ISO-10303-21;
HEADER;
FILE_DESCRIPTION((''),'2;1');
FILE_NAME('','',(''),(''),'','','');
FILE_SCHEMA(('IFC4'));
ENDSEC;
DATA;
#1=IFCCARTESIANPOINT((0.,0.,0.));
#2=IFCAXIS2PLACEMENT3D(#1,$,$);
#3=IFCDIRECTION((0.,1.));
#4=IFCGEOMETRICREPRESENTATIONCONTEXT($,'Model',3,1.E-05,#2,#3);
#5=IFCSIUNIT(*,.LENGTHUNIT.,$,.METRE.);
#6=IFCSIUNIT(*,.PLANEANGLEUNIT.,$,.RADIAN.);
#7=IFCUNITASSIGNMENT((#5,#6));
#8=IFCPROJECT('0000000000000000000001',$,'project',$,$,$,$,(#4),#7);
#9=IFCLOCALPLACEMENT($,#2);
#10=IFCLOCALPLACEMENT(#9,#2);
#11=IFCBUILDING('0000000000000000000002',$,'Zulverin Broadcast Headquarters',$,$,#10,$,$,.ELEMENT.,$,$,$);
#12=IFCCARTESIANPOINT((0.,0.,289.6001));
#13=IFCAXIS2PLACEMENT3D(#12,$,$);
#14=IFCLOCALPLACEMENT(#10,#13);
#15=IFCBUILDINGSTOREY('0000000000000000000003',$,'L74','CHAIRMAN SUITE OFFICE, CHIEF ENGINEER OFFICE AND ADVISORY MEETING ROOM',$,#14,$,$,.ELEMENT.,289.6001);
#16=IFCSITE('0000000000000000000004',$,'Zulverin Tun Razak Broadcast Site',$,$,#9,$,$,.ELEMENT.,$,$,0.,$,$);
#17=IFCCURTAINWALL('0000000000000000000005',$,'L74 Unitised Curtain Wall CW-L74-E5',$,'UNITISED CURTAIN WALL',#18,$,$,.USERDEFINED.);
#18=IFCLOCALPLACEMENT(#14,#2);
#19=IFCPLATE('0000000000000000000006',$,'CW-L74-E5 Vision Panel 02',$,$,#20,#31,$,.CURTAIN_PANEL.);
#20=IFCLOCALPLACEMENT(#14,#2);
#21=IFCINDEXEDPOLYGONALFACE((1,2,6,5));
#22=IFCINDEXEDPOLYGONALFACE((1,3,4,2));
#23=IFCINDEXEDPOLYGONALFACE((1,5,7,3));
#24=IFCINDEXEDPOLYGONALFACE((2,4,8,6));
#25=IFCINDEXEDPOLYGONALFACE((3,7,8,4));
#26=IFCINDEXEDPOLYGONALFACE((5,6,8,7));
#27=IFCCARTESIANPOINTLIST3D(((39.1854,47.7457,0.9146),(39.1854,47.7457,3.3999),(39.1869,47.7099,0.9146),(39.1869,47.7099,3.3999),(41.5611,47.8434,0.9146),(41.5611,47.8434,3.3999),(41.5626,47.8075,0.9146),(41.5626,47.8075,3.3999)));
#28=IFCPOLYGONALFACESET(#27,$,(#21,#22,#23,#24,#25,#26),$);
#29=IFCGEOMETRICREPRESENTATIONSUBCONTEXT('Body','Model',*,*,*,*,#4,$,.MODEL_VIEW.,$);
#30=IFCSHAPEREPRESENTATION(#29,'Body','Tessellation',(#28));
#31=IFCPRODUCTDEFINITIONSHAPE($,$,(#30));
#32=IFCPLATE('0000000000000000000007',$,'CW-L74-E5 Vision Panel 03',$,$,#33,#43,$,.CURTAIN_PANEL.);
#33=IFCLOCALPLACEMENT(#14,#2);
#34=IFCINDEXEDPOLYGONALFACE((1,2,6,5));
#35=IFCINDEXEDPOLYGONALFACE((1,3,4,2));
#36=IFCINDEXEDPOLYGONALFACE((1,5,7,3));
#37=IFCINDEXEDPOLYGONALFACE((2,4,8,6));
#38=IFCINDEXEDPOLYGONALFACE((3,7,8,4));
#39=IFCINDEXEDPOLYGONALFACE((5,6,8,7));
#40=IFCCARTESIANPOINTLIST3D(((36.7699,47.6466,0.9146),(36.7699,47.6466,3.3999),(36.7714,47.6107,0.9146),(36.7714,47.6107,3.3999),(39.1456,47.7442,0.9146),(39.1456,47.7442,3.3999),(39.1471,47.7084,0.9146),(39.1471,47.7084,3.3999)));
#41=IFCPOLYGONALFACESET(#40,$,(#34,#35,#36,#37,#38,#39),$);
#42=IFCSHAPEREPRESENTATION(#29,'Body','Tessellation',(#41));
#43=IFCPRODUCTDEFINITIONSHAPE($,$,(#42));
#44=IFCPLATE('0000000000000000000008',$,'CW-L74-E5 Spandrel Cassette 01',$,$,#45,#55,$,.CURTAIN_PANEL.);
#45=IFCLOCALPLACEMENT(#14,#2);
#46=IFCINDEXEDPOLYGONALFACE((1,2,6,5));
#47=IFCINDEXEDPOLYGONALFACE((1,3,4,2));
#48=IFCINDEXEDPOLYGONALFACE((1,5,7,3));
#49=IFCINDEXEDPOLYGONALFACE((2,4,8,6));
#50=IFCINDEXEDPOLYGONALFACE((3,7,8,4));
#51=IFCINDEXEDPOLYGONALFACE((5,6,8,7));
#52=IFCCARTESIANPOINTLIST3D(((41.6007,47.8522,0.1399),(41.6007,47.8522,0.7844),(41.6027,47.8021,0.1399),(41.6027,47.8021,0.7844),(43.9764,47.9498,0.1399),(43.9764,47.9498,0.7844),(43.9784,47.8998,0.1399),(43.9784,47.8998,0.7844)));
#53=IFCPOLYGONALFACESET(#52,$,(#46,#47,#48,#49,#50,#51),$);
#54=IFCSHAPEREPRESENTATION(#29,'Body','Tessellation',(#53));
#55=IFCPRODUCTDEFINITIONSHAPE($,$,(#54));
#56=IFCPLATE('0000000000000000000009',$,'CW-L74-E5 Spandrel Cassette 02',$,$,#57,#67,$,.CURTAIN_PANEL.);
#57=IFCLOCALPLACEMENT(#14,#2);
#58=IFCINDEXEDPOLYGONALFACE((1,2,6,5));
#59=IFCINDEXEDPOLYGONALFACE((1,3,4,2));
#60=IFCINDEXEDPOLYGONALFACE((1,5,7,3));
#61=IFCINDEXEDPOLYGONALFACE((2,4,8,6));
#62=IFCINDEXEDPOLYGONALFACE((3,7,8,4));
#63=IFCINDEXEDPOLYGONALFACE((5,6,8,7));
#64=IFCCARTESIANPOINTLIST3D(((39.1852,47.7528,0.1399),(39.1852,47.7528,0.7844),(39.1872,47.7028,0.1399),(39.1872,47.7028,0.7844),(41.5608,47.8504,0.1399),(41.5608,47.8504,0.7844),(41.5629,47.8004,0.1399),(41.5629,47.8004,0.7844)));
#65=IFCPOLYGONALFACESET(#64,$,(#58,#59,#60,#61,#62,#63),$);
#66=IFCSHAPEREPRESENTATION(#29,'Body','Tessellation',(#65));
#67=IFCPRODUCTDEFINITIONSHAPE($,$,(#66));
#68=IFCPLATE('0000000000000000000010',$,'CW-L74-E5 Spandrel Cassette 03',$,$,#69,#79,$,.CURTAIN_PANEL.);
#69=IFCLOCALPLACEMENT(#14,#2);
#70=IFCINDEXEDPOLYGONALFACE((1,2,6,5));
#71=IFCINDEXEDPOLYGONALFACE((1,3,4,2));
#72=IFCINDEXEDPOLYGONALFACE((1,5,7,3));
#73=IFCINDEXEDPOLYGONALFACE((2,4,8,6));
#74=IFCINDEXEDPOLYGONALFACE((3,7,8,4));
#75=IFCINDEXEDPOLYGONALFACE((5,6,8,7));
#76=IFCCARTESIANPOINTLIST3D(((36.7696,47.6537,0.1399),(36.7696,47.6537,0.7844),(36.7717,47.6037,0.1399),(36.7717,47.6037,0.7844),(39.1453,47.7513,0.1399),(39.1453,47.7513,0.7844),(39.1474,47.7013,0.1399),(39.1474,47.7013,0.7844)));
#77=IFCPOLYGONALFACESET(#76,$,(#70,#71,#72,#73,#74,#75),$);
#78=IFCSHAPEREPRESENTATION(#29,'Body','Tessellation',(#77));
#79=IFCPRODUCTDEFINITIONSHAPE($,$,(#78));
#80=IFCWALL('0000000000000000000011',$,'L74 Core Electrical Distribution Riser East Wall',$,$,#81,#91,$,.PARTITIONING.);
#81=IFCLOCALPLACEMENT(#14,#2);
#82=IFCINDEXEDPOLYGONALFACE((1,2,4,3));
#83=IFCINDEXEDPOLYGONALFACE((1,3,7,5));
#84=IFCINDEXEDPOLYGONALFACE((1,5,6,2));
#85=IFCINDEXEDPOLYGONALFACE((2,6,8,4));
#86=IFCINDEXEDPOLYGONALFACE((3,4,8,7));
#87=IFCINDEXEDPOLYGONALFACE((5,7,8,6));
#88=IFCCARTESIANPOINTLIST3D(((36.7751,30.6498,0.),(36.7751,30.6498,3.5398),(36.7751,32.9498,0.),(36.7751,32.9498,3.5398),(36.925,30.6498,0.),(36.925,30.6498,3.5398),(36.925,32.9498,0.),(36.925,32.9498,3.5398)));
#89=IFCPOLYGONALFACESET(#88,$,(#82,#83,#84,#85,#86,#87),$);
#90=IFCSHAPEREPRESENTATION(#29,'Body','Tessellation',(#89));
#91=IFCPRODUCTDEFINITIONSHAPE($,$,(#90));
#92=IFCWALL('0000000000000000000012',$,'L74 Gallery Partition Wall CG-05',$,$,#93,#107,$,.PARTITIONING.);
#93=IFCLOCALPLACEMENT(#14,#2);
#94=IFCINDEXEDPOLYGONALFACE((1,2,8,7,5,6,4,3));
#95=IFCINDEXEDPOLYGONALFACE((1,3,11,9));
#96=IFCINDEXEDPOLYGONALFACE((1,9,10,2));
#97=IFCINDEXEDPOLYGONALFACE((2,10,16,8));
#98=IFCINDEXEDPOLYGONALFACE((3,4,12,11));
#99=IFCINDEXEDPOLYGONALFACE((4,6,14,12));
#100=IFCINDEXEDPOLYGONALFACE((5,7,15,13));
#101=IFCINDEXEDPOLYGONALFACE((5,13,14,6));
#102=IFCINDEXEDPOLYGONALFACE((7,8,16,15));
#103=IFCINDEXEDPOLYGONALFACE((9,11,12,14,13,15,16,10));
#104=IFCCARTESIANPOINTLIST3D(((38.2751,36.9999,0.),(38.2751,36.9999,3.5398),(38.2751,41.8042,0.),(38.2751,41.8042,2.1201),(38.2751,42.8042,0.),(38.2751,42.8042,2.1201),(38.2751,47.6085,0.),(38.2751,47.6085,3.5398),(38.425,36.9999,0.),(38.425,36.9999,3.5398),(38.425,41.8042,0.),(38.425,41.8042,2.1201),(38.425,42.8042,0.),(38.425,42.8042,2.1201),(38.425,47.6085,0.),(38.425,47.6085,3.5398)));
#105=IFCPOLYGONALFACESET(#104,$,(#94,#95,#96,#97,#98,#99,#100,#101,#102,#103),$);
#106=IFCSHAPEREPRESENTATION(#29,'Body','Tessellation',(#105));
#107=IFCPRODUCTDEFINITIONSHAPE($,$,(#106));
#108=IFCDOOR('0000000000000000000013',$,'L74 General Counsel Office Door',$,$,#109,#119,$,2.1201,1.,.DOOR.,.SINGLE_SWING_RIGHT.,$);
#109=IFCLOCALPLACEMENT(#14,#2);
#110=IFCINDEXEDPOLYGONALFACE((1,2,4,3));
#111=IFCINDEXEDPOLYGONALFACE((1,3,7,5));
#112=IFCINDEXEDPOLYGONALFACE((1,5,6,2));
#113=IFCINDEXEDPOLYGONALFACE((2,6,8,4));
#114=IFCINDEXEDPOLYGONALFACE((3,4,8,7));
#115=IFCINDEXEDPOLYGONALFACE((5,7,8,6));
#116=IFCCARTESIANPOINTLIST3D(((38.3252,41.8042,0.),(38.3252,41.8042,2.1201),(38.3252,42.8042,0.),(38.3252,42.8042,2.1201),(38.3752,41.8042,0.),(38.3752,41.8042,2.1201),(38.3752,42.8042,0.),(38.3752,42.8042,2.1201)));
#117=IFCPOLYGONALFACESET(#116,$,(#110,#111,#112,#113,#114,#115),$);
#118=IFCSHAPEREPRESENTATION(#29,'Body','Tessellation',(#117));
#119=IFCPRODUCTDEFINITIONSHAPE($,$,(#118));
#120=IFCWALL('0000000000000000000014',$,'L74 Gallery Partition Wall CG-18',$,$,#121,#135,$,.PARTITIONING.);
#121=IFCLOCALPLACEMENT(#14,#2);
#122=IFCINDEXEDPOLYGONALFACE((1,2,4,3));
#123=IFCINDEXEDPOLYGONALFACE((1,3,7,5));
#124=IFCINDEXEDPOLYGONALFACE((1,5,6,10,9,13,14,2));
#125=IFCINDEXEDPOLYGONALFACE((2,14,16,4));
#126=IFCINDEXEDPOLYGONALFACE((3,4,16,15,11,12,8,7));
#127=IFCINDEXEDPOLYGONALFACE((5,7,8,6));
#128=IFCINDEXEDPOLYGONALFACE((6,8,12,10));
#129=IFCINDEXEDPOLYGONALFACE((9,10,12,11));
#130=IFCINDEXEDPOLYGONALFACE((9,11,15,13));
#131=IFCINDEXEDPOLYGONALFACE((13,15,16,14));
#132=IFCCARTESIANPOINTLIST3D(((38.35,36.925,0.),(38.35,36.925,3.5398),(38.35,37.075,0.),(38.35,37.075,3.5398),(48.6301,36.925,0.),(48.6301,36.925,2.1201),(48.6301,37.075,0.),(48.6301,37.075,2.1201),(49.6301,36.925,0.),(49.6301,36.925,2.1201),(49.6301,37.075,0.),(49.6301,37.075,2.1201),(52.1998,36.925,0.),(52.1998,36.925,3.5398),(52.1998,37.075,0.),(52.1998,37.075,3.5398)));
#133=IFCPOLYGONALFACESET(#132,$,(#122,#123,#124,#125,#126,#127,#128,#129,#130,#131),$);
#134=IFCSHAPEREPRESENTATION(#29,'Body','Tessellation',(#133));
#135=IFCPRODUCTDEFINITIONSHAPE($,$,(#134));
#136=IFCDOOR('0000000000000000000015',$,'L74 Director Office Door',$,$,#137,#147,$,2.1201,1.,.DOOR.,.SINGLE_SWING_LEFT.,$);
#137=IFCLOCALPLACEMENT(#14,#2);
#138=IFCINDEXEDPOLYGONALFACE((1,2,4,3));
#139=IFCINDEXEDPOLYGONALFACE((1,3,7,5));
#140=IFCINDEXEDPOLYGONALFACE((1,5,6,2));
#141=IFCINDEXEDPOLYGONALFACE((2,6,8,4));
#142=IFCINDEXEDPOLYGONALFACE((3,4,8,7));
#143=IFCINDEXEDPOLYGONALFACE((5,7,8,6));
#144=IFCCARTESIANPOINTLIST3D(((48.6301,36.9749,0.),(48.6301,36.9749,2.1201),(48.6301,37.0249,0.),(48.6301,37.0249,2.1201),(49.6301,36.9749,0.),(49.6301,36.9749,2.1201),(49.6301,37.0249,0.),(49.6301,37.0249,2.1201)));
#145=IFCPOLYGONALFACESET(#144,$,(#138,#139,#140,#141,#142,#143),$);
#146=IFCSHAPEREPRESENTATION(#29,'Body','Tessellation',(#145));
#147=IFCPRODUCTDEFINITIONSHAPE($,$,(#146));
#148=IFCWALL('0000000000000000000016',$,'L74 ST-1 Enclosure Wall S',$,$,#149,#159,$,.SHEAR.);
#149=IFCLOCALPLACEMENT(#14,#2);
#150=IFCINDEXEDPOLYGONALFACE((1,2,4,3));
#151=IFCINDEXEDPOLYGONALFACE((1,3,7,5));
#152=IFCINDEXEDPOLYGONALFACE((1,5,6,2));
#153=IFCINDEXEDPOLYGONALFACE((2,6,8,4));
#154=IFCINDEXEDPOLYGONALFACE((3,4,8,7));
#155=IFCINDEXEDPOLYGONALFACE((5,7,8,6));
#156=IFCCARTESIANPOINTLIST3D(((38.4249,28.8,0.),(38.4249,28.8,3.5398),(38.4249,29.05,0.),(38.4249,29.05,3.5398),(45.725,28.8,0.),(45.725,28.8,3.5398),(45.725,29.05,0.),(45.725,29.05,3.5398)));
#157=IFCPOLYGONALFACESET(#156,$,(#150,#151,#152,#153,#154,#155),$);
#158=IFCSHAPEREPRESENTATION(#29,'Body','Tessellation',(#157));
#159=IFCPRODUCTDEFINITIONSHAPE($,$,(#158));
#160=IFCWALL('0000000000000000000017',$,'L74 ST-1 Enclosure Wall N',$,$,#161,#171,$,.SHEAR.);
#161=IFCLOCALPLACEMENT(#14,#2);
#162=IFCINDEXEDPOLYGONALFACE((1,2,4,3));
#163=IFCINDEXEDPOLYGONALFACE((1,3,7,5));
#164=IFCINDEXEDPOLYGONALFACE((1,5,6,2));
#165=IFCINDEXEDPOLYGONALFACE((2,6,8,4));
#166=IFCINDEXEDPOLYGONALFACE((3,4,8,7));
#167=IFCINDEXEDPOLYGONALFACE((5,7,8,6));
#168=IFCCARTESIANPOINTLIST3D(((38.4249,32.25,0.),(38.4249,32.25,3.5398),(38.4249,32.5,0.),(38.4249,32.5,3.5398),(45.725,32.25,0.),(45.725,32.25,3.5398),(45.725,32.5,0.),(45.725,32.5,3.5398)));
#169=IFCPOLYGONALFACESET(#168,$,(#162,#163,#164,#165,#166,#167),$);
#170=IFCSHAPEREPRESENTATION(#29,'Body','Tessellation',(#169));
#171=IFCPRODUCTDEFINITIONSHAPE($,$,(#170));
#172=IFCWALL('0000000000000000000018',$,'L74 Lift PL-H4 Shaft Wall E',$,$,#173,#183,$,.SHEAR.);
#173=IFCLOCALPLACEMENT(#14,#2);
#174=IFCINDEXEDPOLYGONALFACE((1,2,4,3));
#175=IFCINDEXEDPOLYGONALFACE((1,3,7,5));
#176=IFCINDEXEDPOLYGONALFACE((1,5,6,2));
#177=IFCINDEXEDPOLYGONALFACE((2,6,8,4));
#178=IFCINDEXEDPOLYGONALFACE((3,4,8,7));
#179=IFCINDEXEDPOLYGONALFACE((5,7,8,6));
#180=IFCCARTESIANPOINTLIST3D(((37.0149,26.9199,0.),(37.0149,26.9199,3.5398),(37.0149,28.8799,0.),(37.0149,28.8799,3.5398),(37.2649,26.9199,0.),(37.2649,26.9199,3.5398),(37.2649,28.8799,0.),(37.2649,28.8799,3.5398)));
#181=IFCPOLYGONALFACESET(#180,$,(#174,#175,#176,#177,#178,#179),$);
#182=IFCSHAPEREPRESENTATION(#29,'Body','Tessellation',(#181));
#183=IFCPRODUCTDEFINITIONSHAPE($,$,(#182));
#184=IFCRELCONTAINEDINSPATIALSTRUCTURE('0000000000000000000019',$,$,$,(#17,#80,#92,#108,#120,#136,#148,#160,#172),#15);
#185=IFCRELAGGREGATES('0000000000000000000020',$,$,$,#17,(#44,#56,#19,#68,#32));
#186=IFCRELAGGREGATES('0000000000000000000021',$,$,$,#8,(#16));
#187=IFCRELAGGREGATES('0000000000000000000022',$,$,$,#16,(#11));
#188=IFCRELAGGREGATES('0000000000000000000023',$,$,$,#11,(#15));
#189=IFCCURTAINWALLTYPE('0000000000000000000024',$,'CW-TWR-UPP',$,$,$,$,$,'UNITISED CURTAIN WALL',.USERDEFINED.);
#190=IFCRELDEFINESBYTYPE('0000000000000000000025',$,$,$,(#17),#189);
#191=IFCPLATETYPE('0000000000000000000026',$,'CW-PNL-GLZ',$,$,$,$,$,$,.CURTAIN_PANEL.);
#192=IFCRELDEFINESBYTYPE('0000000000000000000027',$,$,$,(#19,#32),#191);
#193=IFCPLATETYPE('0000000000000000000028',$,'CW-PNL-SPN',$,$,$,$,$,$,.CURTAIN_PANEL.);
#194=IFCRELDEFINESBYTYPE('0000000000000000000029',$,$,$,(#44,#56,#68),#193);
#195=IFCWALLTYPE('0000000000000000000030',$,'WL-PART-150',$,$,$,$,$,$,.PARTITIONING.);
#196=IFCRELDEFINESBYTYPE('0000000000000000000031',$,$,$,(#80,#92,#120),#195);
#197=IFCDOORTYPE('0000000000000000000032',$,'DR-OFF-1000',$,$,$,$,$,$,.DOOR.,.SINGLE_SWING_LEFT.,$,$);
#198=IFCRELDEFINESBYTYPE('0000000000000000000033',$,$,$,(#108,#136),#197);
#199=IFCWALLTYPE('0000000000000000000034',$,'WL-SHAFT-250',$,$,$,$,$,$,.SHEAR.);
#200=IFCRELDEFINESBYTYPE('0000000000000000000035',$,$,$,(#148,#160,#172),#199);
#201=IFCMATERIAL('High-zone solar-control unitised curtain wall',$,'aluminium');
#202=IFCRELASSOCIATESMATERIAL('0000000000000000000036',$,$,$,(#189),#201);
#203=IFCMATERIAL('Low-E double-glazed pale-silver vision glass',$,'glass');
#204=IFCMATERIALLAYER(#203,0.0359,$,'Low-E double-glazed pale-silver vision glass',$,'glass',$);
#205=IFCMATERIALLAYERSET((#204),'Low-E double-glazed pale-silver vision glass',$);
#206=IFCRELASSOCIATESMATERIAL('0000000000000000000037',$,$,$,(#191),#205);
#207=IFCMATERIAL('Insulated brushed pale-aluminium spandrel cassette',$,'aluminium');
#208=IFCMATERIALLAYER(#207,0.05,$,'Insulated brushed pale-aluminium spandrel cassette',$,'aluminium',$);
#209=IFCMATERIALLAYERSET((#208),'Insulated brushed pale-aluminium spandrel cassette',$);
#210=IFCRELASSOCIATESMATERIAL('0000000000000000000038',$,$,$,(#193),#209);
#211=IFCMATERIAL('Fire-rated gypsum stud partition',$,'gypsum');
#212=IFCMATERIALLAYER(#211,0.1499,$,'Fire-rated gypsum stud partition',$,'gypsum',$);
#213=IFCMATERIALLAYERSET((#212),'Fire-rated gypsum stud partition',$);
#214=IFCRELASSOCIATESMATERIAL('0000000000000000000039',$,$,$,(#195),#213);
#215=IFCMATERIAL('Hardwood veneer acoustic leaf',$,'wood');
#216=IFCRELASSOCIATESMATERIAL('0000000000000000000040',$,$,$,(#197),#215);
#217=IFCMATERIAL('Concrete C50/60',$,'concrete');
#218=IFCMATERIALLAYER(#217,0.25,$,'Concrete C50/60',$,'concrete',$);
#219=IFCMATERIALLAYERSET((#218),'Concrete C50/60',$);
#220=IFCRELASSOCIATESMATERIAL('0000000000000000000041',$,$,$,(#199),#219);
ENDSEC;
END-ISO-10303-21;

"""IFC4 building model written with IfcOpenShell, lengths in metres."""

from ifc_helpers import new_model, si_unit, direction, frame, frame_2d, origin, origin_2d, place, context, subcontext, project, spatial, rectangle, extrude, material, layer, layer_set, type_object, element, fill, aggregate, save


model = new_model("IFC4")

# Units and contexts
model_context = context("Model", 3, precision=1e-05, world=origin(), true_north=direction((0.0, 1.0)))
body_context = subcontext(model_context, "Body", "Model", "MODEL_VIEW")
ifc_project = project(units=[si_unit("LENGTHUNIT", "METRE"), si_unit("PLANEANGLEUNIT", "RADIAN")], contexts=[model_context])

# Site, building, storey
site_placement = place(None, origin())
site = spatial("IfcSite", under=ifc_project, at=site_placement, Name="Zulverin Tun Razak Broadcast Site", CompositionType="ELEMENT", RefElevation=0.0)
building_placement = place(site_placement, origin())
building = spatial("IfcBuilding", under=site, at=building_placement, Name="Zulverin Broadcast Headquarters", CompositionType="ELEMENT")
storey_placement = place(building_placement, frame((0.0, 0.0, 289.6001)))
storey = spatial("IfcBuildingStorey", under=building, at=storey_placement, Name="L74", Description="CHAIRMAN SUITE OFFICE, CHIEF ENGINEER OFFICE AND ADVISORY MEETING ROOM", CompositionType="ELEMENT", Elevation=289.6001)

# Shared definitions
ifc_material_1 = material(Name="Concrete C50/60", Category="concrete")

# Curtain wall, plates
ifc_material_2 = material(Name="High-zone solar-control unitised curtain wall", Category="aluminium")
curtain_wall_type = type_object("IfcCurtainWallType", Name="CW-TWR-UPP", ElementType="UNITISED CURTAIN WALL", PredefinedType="USERDEFINED", material=ifc_material_2)
curtain_wall_placement = place(storey_placement, origin())
curtain_wall = element("IfcCurtainWall", 1, at=curtain_wall_placement, inside=storey, type_object=curtain_wall_type, Name="L74 Unitised Curtain Wall CW-L74-E5", ObjectType="UNITISED CURTAIN WALL", PredefinedType="USERDEFINED")
ifc_material_3 = material(Name="Low-E double-glazed pale-silver vision glass", Category="glass")
ifc_layer_1 = layer(ifc_material_3, 0.0359, Name="Low-E double-glazed pale-silver vision glass", Category="glass")
ifc_layer_set_1 = layer_set([ifc_layer_1], Name="Low-E double-glazed pale-silver vision glass")
plate_type_1 = type_object("IfcPlateType", Name="CW-PNL-GLZ", PredefinedType="CURTAIN_PANEL", material=ifc_layer_set_1)
plate_1_placement = place(storey_placement, frame((40.374, 47.7766, 0.9146), z_axis=(0.0, 0.0, 1.0), x_axis=(-0.999156, -0.041068, 0.0)))
plate_1 = element("IfcPlate", 2, at=plate_1_placement, type_object=plate_type_1, Name="CW-L74-E5 Vision Panel 02", PredefinedType="CURTAIN_PANEL", context=body_context, shape_type="SweptSolid", body=[
    extrude(rectangle(XDim=2.3777, YDim=0.0359, at=origin_2d()), origin(), (0.0, 0.0, 1.0), 2.4854),
])
plate_2_placement = place(storey_placement, frame((37.9585, 47.6775, 0.9146), z_axis=(0.0, 0.0, 1.0), x_axis=(-0.999156, -0.041068, 0.0)))
plate_2 = element("IfcPlate", 3, at=plate_2_placement, type_object=plate_type_1, Name="CW-L74-E5 Vision Panel 03", PredefinedType="CURTAIN_PANEL", context=body_context, shape_type="SweptSolid", body=[
    extrude(rectangle(XDim=2.3777, YDim=0.0359, at=origin_2d()), origin(), (0.0, 0.0, 1.0), 2.4854),
])
ifc_material_4 = material(Name="Insulated brushed pale-aluminium spandrel cassette", Category="aluminium")
ifc_layer_2 = layer(ifc_material_4, 0.05, Name="Insulated brushed pale-aluminium spandrel cassette", Category="aluminium")
ifc_layer_set_2 = layer_set([ifc_layer_2], Name="Insulated brushed pale-aluminium spandrel cassette")
plate_type_2 = type_object("IfcPlateType", Name="CW-PNL-SPN", PredefinedType="CURTAIN_PANEL", material=ifc_layer_set_2)
plate_3_placement = place(storey_placement, frame((42.7896, 47.876, 0.1399), z_axis=(0.0, 0.0, 1.0), x_axis=(-0.999156, -0.041068, 0.0)))
plate_3 = element("IfcPlate", 4, at=plate_3_placement, type_object=plate_type_2, Name="CW-L74-E5 Spandrel Cassette 01", PredefinedType="CURTAIN_PANEL", context=body_context, shape_type="SweptSolid", body=[
    extrude(rectangle(XDim=2.3777, YDim=0.05, at=origin_2d()), origin(), (0.0, 0.0, 1.0), 0.6445),
])
plate_4_placement = place(storey_placement, frame((40.374, 47.7766, 0.1399), z_axis=(0.0, 0.0, 1.0), x_axis=(-0.999156, -0.041068, 0.0)))
plate_4 = element("IfcPlate", 5, at=plate_4_placement, type_object=plate_type_2, Name="CW-L74-E5 Spandrel Cassette 02", PredefinedType="CURTAIN_PANEL", context=body_context, shape_type="SweptSolid", body=[
    extrude(rectangle(XDim=2.3777, YDim=0.05, at=origin_2d()), origin(), (0.0, 0.0, 1.0), 0.6445),
])
plate_5_placement = place(storey_placement, frame((37.9585, 47.6775, 0.1399), z_axis=(0.0, 0.0, 1.0), x_axis=(-0.999156, -0.041068, 0.0)))
plate_5 = element("IfcPlate", 6, at=plate_5_placement, type_object=plate_type_2, Name="CW-L74-E5 Spandrel Cassette 03", PredefinedType="CURTAIN_PANEL", context=body_context, shape_type="SweptSolid", body=[
    extrude(rectangle(XDim=2.3777, YDim=0.05, at=origin_2d()), origin(), (0.0, 0.0, 1.0), 0.6445),
])
aggregate(curtain_wall, [plate_3, plate_4, plate_1, plate_5, plate_2])

# Wall
ifc_material_5 = material(Name="Fire-rated gypsum stud partition", Category="gypsum")
ifc_layer_3 = layer(ifc_material_5, 0.1499, Name="Fire-rated gypsum stud partition", Category="gypsum")
ifc_layer_set_3 = layer_set([ifc_layer_3], Name="Fire-rated gypsum stud partition")
wall_type_1 = type_object("IfcWallType", Name="WL-PART-150", PredefinedType="PARTITIONING", material=ifc_layer_set_3)
wall_1_placement = place(storey_placement, frame((36.8501, 30.6499, 0.0), z_axis=(0.0, 0.0, 1.0), x_axis=(0.0, 1.0, 0.0)))
element("IfcWall", 7, at=wall_1_placement, inside=storey, type_object=wall_type_1, Name="L74 Core Electrical Distribution Riser East Wall", PredefinedType="PARTITIONING", context=body_context, shape_type="SweptSolid", body=[
    extrude(rectangle(XDim=2.3, YDim=0.1499, at=frame_2d((1.1499, 0.0))), origin(), (0.0, 0.0, 1.0), 3.5398),
])

# Walls, openings, doors
wall_2_placement = place(storey_placement, frame((38.3501, 37.0, 0.0), z_axis=(0.0, 0.0, 1.0), x_axis=(0.0, 1.0, 0.0)))
wall_2 = element("IfcWall", 8, at=wall_2_placement, inside=storey, type_object=wall_type_1, Name="L74 Gallery Partition Wall CG-05", PredefinedType="PARTITIONING", context=body_context, shape_type="SweptSolid", body=[
    extrude(rectangle(XDim=10.6086, YDim=0.1499, at=frame_2d((5.3042, 0.0))), origin(), (0.0, 0.0, 1.0), 3.5398),
])
opening_1_placement = place(wall_2_placement, frame((4.8042, 0.0, 0.0)))
opening_1 = element("IfcOpeningElement", 9, at=opening_1_placement, cuts=wall_2, PredefinedType="OPENING", context=body_context, shape_type="SweptSolid", body=[
    extrude(rectangle(XDim=1.0, YDim=2.1201, at=frame_2d((0.5, 1.0601))), frame((0.0, 0.085, 0.0), z_axis=(0.0, -1.0, 0.0), x_axis=(1.0, 0.0, 0.0)), (0.0, 0.0, 1.0), 0.1699),
])
ifc_material_6 = material(Name="Hardwood veneer acoustic leaf", Category="wood")
door_type_1 = type_object("IfcDoorType", Name="DR-OFF-1000", OperationType="SINGLE_SWING_LEFT", PredefinedType="DOOR", material=ifc_material_6)
door_1_placement = place(opening_1_placement, origin())
door_1 = element("IfcDoor", 10, at=door_1_placement, inside=storey, type_object=door_type_1, Name="L74 General Counsel Office Door", OperationType="SINGLE_SWING_RIGHT", OverallHeight=2.1201, OverallWidth=1.0, PredefinedType="DOOR", context=body_context, shape_type="SweptSolid", body=[
    extrude(rectangle(XDim=1.0, YDim=2.1201, at=frame_2d((0.5, 1.0601))), frame((0.0, 0.0249, 0.0), z_axis=(0.0, -1.0, 0.0), x_axis=(1.0, 0.0, 0.0)), (0.0, 0.0, 1.0), 0.05),
])
fill(opening_1, door_1)
wall_3_placement = place(storey_placement, frame((38.3501, 37.0, 0.0), z_axis=(0.0, 0.0, 1.0), x_axis=(1.0, 0.0, 0.0)))
wall_3 = element("IfcWall", 11, at=wall_3_placement, inside=storey, type_object=wall_type_1, Name="L74 Gallery Partition Wall CG-18", PredefinedType="PARTITIONING", context=body_context, shape_type="SweptSolid", body=[
    extrude(rectangle(XDim=13.8499, YDim=0.1499, at=frame_2d((6.9248, 0.0))), origin(), (0.0, 0.0, 1.0), 3.5398),
])
opening_2_placement = place(wall_3_placement, frame((10.28, 0.0, 0.0)))
opening_2 = element("IfcOpeningElement", 12, at=opening_2_placement, cuts=wall_3, PredefinedType="OPENING", context=body_context, shape_type="SweptSolid", body=[
    extrude(rectangle(XDim=1.0, YDim=2.1201, at=frame_2d((0.5, 1.0601))), frame((0.0, 0.085, 0.0), z_axis=(0.0, -1.0, 0.0), x_axis=(1.0, 0.0, 0.0)), (0.0, 0.0, 1.0), 0.1699),
])
door_2_placement = place(opening_2_placement, origin())
door_2 = element("IfcDoor", 13, at=door_2_placement, inside=storey, type_object=door_type_1, Name="L74 Director Office Door", OperationType="SINGLE_SWING_LEFT", OverallHeight=2.1201, OverallWidth=1.0, PredefinedType="DOOR", context=body_context, shape_type="SweptSolid", body=[
    extrude(rectangle(XDim=1.0, YDim=2.1201, at=frame_2d((0.5, 1.0601))), frame((0.0, 0.0249, 0.0), z_axis=(0.0, -1.0, 0.0), x_axis=(1.0, 0.0, 0.0)), (0.0, 0.0, 1.0), 0.05),
])
fill(opening_2, door_2)

# Walls
ifc_layer_4 = layer(ifc_material_1, 0.25, Name="Concrete C50/60", Category="concrete")
ifc_layer_set_4 = layer_set([ifc_layer_4], Name="Concrete C50/60")
wall_type_2 = type_object("IfcWallType", Name="WL-SHAFT-250", PredefinedType="SHEAR", material=ifc_layer_set_4)
for number, where, z_axis, x_axis, name in (
    (14, (38.425, 28.925, 0.0), (0.0, 0.0, 1.0), (1.0, 0.0, 0.0), "L74 ST-1 Enclosure Wall S"),
    (15, (38.425, 32.375, 0.0), (0.0, 0.0, 1.0), (1.0, 0.0, 0.0), "L74 ST-1 Enclosure Wall N"),
):
    element("IfcWall", number, at=place(storey_placement, frame(where, z_axis=z_axis, x_axis=x_axis)), inside=storey, type_object=wall_type_2, Name=name, PredefinedType="SHEAR", context=body_context, shape_type="SweptSolid", body=[
        extrude(rectangle(XDim=7.3, YDim=0.25, at=frame_2d((3.6499, 0.0))), origin(), (0.0, 0.0, 1.0), 3.5398),
    ])

# Wall
wall_4_placement = place(storey_placement, frame((37.1399, 26.9199, 0.0), z_axis=(0.0, 0.0, 1.0), x_axis=(0.0, 1.0, 0.0)))
element("IfcWall", 16, at=wall_4_placement, inside=storey, type_object=wall_type_2, Name="L74 Lift PL-H4 Shaft Wall E", PredefinedType="SHEAR", context=body_context, shape_type="SweptSolid", body=[
    extrude(rectangle(XDim=1.96, YDim=0.25, at=frame_2d((0.98, 0.0))), origin(), (0.0, 0.0, 1.0), 3.5398),
])

save(model, "model.ifc")
